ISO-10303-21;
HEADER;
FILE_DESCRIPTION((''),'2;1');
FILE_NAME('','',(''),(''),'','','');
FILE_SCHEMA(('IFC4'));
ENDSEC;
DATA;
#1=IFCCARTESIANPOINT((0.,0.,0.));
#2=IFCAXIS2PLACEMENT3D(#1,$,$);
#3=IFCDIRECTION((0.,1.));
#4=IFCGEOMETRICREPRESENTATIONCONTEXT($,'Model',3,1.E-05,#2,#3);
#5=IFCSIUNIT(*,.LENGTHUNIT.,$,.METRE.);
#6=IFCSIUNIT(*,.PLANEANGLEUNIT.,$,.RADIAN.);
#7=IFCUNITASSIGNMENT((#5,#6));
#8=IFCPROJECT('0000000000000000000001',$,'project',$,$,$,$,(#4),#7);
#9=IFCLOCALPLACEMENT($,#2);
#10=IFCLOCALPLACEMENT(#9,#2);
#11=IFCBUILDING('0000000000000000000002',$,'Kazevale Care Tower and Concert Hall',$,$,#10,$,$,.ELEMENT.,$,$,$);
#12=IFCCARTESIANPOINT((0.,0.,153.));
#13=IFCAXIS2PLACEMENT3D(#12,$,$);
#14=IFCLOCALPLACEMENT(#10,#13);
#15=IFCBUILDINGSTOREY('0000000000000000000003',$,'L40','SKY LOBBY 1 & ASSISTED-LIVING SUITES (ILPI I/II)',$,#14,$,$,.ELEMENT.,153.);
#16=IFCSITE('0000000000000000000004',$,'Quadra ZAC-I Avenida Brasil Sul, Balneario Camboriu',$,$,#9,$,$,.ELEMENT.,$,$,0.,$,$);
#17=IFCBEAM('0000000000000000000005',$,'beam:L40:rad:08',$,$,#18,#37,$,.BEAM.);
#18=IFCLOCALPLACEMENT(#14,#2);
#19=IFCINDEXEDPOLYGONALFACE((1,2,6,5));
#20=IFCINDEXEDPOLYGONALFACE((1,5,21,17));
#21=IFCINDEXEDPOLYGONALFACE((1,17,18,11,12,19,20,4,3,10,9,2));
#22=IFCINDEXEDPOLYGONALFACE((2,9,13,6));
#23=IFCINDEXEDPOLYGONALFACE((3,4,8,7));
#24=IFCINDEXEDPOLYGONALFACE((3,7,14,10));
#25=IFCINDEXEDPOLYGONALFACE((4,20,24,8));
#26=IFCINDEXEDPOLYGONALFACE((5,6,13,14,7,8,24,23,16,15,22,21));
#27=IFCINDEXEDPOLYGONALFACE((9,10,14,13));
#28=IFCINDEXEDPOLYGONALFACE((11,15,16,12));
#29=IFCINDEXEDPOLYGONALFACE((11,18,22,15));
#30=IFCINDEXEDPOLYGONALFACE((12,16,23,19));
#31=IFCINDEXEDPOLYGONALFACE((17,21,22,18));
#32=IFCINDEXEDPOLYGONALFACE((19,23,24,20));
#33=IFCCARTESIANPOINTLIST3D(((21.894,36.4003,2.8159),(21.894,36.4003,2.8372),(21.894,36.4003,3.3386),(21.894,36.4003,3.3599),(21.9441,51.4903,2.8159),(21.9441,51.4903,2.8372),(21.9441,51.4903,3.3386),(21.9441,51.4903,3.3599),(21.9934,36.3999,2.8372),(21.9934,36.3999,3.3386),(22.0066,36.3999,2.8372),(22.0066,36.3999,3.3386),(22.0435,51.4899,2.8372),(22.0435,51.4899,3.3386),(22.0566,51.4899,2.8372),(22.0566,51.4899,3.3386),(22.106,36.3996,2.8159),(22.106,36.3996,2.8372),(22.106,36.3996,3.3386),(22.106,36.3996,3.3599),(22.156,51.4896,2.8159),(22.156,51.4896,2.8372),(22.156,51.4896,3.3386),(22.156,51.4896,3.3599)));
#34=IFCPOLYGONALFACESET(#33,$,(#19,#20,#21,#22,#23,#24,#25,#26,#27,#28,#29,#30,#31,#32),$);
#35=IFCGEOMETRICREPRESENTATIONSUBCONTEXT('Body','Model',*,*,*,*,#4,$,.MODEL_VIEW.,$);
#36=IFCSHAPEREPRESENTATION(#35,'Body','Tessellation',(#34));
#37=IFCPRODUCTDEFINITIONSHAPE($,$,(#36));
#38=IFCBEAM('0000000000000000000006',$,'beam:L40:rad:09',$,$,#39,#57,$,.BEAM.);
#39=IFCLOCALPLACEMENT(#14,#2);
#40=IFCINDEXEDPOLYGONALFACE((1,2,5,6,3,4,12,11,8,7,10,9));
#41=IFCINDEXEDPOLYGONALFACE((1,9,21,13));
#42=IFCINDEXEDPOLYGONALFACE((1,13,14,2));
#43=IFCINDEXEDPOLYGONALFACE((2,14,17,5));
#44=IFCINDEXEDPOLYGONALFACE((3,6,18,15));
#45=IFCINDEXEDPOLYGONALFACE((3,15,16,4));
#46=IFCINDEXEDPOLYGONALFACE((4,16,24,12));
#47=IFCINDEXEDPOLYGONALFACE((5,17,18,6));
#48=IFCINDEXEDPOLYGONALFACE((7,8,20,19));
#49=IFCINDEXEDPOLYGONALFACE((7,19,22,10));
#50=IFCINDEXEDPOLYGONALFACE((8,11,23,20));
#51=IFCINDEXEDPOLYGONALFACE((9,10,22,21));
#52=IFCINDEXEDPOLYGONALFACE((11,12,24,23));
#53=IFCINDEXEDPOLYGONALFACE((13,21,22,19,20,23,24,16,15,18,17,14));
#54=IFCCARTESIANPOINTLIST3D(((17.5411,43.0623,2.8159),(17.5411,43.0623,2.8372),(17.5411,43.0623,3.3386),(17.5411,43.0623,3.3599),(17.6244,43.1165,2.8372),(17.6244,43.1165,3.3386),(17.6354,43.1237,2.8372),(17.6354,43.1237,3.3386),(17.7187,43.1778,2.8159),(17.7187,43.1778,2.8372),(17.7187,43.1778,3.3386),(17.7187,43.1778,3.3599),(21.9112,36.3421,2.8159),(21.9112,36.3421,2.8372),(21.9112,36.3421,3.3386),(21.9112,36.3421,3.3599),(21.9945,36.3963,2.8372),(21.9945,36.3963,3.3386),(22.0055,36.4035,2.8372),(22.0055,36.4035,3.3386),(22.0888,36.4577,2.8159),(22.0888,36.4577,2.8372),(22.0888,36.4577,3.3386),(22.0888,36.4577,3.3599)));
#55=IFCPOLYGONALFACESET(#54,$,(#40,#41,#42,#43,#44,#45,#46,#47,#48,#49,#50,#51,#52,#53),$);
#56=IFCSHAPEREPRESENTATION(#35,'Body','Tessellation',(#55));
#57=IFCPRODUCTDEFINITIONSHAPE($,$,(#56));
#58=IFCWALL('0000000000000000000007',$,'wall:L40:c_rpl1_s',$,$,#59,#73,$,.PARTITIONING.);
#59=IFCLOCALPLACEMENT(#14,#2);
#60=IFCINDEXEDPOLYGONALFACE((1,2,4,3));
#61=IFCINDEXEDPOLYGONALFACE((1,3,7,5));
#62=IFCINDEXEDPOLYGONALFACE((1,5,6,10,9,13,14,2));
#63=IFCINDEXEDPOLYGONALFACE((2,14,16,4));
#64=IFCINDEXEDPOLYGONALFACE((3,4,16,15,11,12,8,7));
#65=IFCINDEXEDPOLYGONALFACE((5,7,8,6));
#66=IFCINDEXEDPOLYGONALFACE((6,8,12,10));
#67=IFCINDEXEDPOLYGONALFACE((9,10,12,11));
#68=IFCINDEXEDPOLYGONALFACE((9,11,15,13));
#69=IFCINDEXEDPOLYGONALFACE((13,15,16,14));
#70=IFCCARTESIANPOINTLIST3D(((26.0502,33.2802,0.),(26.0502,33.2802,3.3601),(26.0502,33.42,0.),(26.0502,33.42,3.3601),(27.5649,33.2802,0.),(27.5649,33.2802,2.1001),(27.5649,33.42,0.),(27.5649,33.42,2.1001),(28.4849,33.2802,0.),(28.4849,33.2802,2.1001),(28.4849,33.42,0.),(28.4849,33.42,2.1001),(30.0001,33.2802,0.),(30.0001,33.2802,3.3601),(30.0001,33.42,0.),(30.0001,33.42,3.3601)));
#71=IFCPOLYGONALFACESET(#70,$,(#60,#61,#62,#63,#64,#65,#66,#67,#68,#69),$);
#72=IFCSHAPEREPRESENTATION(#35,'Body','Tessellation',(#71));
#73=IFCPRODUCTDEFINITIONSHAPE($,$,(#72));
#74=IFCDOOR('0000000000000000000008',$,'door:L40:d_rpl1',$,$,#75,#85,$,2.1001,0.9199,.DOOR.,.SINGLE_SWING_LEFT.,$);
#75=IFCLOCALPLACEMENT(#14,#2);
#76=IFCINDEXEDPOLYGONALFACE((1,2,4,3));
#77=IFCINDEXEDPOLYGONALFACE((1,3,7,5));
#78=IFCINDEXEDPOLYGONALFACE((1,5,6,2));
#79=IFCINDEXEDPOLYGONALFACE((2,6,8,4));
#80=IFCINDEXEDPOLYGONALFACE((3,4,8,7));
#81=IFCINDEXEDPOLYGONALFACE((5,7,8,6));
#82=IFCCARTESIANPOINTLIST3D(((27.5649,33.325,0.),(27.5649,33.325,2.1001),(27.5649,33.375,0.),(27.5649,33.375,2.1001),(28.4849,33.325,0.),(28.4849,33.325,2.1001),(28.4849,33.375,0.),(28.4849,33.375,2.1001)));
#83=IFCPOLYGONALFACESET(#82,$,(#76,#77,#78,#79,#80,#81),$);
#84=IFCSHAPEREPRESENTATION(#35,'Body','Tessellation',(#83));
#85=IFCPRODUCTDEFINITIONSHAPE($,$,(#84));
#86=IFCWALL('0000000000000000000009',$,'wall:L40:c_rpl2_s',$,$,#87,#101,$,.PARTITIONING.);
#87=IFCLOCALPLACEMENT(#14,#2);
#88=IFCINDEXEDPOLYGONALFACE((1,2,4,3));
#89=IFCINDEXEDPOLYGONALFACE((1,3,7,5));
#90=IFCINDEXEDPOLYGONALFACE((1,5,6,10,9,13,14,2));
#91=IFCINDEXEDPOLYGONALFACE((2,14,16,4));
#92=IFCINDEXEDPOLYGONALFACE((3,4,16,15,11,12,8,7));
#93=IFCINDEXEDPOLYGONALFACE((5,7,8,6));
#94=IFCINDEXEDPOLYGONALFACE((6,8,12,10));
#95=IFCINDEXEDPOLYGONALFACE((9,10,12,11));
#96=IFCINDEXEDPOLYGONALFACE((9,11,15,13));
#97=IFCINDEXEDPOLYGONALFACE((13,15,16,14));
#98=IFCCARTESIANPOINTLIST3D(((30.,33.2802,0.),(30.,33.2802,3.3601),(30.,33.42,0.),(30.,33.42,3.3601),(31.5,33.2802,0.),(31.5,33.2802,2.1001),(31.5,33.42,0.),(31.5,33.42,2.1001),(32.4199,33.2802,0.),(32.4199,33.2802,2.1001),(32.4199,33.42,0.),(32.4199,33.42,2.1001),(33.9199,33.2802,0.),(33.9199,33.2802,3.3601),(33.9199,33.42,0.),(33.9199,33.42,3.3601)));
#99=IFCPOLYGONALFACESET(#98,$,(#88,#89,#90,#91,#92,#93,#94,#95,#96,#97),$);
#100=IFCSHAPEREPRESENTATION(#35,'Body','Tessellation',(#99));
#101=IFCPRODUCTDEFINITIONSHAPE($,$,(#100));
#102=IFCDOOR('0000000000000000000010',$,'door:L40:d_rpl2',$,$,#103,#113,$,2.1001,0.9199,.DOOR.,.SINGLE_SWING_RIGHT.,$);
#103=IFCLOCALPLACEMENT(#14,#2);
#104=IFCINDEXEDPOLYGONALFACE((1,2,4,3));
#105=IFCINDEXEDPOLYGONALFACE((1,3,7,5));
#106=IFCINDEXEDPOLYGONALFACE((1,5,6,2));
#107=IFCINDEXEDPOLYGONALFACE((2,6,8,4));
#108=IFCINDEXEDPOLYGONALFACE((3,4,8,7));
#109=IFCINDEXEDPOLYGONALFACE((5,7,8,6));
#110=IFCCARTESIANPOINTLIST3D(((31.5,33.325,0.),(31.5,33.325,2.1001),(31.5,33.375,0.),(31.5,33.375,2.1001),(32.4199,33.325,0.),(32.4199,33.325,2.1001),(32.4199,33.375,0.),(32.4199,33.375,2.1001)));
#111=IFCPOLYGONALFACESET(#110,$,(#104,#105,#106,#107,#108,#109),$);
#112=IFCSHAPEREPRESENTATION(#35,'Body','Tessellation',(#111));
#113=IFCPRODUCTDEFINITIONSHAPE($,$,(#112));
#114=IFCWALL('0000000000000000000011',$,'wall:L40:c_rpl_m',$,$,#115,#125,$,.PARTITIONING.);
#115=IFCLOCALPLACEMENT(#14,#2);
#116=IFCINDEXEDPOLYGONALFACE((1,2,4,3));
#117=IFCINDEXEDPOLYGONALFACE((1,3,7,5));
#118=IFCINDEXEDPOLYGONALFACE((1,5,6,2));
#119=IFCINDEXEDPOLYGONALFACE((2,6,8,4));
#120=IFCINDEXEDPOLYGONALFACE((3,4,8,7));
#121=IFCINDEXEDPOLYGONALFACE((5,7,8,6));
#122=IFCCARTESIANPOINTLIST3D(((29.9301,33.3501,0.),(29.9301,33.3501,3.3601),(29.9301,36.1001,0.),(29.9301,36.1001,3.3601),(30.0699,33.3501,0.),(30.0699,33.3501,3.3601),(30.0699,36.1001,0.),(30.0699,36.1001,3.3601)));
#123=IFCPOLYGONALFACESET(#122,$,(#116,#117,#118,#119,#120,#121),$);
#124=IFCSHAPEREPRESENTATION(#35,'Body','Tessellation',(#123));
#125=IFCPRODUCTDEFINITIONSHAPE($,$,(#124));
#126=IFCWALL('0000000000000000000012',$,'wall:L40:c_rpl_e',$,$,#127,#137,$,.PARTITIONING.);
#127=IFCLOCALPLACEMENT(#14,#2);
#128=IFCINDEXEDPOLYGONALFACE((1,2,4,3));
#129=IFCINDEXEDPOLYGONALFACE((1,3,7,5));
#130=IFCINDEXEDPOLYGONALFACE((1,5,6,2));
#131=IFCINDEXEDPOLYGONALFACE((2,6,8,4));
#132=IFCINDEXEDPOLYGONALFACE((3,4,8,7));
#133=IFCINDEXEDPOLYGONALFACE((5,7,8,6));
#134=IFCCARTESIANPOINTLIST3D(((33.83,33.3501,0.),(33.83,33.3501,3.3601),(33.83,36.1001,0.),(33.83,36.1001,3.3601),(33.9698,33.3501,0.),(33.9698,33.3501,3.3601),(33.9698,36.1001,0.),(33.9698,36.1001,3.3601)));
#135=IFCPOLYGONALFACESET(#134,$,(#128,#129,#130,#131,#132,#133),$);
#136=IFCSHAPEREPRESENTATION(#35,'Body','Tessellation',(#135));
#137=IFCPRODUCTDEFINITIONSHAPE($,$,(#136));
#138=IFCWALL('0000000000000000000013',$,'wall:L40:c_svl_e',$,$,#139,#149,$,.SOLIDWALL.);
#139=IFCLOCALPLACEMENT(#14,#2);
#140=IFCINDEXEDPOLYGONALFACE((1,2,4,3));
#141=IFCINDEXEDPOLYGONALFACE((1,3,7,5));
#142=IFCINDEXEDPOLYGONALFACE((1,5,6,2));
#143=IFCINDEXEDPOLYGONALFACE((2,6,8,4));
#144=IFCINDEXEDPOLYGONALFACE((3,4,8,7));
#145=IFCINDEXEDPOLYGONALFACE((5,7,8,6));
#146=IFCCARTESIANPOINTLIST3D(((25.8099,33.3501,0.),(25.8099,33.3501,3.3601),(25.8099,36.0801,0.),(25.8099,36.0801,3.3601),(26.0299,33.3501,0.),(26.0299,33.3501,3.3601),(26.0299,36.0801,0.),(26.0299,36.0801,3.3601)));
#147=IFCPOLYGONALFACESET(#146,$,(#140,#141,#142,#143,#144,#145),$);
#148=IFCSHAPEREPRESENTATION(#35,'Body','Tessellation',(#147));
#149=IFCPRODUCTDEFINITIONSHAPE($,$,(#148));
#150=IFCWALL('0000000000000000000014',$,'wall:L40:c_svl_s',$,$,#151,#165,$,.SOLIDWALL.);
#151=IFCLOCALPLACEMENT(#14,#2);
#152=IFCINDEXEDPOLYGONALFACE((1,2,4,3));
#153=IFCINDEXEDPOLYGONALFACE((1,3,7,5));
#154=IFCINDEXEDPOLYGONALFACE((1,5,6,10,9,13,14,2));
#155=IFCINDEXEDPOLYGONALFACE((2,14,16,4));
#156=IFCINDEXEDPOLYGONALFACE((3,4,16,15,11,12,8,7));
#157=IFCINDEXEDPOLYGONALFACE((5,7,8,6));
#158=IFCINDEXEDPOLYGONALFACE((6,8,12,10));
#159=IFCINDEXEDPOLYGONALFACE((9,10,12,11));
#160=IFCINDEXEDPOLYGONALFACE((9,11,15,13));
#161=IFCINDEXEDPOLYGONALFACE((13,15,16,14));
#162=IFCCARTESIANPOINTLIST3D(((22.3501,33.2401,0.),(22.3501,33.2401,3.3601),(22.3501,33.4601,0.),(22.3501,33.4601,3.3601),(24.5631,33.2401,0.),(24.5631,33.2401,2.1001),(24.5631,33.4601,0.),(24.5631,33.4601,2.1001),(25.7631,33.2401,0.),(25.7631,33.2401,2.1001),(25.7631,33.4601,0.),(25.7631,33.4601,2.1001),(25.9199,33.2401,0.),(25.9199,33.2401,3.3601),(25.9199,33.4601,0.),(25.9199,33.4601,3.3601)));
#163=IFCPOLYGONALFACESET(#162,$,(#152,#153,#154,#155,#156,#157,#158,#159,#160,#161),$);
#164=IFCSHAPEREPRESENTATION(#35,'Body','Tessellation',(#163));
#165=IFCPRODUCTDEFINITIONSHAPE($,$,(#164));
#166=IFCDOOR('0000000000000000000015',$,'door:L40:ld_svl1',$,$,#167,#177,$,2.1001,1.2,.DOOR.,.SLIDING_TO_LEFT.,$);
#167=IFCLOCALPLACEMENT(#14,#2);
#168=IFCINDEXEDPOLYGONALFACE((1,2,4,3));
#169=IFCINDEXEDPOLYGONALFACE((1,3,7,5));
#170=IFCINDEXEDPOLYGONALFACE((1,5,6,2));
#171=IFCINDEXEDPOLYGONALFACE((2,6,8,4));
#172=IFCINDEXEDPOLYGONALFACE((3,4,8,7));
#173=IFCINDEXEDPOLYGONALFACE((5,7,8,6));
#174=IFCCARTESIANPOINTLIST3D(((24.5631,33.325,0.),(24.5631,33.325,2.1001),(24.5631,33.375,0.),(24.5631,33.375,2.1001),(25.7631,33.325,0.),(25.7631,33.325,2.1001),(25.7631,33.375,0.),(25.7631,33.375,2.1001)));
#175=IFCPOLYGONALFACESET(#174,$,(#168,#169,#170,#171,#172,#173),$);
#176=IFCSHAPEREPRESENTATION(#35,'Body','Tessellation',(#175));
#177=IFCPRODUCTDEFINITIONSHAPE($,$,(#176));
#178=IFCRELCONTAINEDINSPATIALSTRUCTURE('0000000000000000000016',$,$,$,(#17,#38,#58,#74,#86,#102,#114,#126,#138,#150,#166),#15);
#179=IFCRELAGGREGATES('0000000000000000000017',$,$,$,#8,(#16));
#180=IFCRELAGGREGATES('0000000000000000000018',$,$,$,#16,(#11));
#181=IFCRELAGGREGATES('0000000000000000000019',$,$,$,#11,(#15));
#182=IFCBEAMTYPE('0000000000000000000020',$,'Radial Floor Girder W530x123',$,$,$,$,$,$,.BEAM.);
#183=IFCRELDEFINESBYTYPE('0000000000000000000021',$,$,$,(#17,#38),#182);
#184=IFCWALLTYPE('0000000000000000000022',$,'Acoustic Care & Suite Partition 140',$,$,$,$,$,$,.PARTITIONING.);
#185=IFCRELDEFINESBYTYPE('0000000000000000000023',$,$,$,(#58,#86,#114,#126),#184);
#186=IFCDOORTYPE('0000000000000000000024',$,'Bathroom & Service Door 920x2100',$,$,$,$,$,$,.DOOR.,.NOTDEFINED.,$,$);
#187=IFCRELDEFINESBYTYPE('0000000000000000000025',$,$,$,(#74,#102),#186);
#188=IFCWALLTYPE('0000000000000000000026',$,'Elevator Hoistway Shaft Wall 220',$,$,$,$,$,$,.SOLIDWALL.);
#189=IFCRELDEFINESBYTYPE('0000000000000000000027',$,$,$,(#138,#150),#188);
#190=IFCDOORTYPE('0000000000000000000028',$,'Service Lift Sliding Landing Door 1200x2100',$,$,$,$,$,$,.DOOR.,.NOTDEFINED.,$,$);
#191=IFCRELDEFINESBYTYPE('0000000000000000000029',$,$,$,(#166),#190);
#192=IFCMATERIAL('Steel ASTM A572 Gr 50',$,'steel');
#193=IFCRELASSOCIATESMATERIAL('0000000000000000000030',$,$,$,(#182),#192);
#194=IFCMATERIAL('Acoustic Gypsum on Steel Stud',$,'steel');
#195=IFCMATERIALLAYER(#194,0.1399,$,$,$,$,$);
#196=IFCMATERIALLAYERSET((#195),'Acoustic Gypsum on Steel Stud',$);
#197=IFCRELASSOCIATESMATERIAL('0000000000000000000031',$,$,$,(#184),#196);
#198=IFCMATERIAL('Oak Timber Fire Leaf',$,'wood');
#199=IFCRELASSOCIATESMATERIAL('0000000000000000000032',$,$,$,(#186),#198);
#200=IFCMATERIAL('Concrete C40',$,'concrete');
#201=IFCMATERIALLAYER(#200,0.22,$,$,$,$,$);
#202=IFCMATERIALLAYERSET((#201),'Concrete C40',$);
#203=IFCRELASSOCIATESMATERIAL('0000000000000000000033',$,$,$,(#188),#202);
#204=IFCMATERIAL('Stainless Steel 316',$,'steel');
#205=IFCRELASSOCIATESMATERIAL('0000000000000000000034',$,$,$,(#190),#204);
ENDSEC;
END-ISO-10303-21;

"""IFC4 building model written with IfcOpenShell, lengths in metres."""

from ifc_helpers import new_model, si_unit, direction, frame, frame_2d, origin, origin_2d, place, context, subcontext, project, spatial, rectangle, i_section, extrude, material, layer, layer_set, material_profile, profile_set, type_object, element, fill, save


model = new_model("IFC4")

# Units and contexts
model_context = context("Model", 3, precision=1e-05, world=origin(), true_north=direction((0.0, 1.0)))
body_context = subcontext(model_context, "Body", "Model", "MODEL_VIEW")
ifc_project = project(units=[si_unit("LENGTHUNIT", "METRE"), si_unit("PLANEANGLEUNIT", "RADIAN")], contexts=[model_context])

# Site, building, storey
site_placement = place(None, origin())
site = spatial("IfcSite", under=ifc_project, at=site_placement, Name="Quadra ZAC-I Avenida Brasil Sul, Balneario Camboriu", CompositionType="ELEMENT", RefElevation=0.0)
building_placement = place(site_placement, origin())
building = spatial("IfcBuilding", under=site, at=building_placement, Name="Kazevale Care Tower and Concert Hall", CompositionType="ELEMENT")
storey_placement = place(building_placement, frame((0.0, 0.0, 153.0)))
storey = spatial("IfcBuildingStorey", under=building, at=storey_placement, Name="L40", Description="SKY LOBBY 1 & ASSISTED-LIVING SUITES (ILPI I/II)", CompositionType="ELEMENT", Elevation=153.0)

# Beams
ifc_material_1 = material(Name="Steel ASTM A572 Gr 50", Category="steel")
ifc_material_profile = material_profile(ifc_material_1, i_section(OverallWidth=0.2119, OverallDepth=0.5439, WebThickness=0.0132, FlangeThickness=0.0212, at=origin_2d()), Name="W530x123")
ifc_profile_set = profile_set([ifc_material_profile], Name="Steel ASTM A572 Gr 50")
beam_type = type_object("IfcBeamType", Name="Radial Floor Girder W530x123", PredefinedType="BEAM", material=ifc_profile_set)
beam_1_placement = place(storey_placement, frame((22.0, 36.3999, 3.0879), z_axis=(0.003317, 0.999994, 0.0), x_axis=(-0.999994, 0.003317, 0.0)))
element("IfcBeam", 1, at=beam_1_placement, inside=storey, type_object=beam_type, Name="beam:L40:rad:08", PredefinedType="BEAM", context=body_context, shape_type="SweptSolid", body=[
    extrude(i_section(OverallWidth=0.2119, OverallDepth=0.5439, WebThickness=0.0132, FlangeThickness=0.0212, at=origin_2d()), origin(), (0.0, 0.0, 1.0), 15.0901),
])
beam_2_placement = place(storey_placement, frame((22.0, 36.3999, 3.0879), z_axis=(-0.545162, 0.838331, 0.0), x_axis=(-0.838331, -0.545162, 0.0)))
element("IfcBeam", 2, at=beam_2_placement, inside=storey, type_object=beam_type, Name="beam:L40:rad:09", PredefinedType="BEAM", context=body_context, shape_type="SweptSolid", body=[
    extrude(i_section(OverallWidth=0.2119, OverallDepth=0.5439, WebThickness=0.0132, FlangeThickness=0.0212, at=origin_2d()), origin(), (0.0, 0.0, 1.0), 8.0161),
])

# Walls, openings, doors
ifc_material_2 = material(Name="Acoustic Gypsum on Steel Stud", Category="steel")
ifc_layer_1 = layer(ifc_material_2, 0.1399)
ifc_layer_set_1 = layer_set([ifc_layer_1], Name="Acoustic Gypsum on Steel Stud")
wall_type_1 = type_object("IfcWallType", Name="Acoustic Care & Suite Partition 140", PredefinedType="PARTITIONING", material=ifc_layer_set_1)
wall_1_placement = place(storey_placement, frame((26.05, 33.3501, 0.0), z_axis=(0.0, 0.0, 1.0), x_axis=(1.0, 0.0, 0.0)))
wall_1 = element("IfcWall", 3, at=wall_1_placement, inside=storey, type_object=wall_type_1, Name="wall:L40:c_rpl1_s", PredefinedType="PARTITIONING", context=body_context, shape_type="SweptSolid", body=[
    extrude(rectangle(XDim=3.95, YDim=0.1399, at=frame_2d((1.9751, 0.0))), origin(), (0.0, 0.0, 1.0), 3.3601),
])
opening_1_placement = place(wall_1_placement, frame((1.5149, 0.0, 0.0)))
opening_1 = element("IfcOpeningElement", 4, at=opening_1_placement, cuts=wall_1, PredefinedType="OPENING", context=body_context, shape_type="SweptSolid", body=[
    extrude(rectangle(XDim=0.9199, YDim=2.1001, at=frame_2d((0.46, 1.05))), frame((0.0, 0.0798, 0.0), z_axis=(0.0, -1.0, 0.0), x_axis=(1.0, 0.0, 0.0)), (0.0, 0.0, 1.0), 0.1599),
])
ifc_material_3 = material(Name="Oak Timber Fire Leaf", Category="wood")
door_type_1 = type_object("IfcDoorType", Name="Bathroom & Service Door 920x2100", OperationType="NOTDEFINED", PredefinedType="DOOR", material=ifc_material_3)
door_1_placement = place(opening_1_placement, origin())
door_1 = element("IfcDoor", 5, at=door_1_placement, inside=storey, type_object=door_type_1, Name="door:L40:d_rpl1", OperationType="SINGLE_SWING_LEFT", OverallHeight=2.1001, OverallWidth=0.9199, PredefinedType="DOOR", context=body_context, shape_type="SweptSolid", body=[
    extrude(rectangle(XDim=0.9199, YDim=2.1001, at=frame_2d((0.46, 1.05))), frame((0.0, 0.0249, 0.0), z_axis=(0.0, -1.0, 0.0), x_axis=(1.0, 0.0, 0.0)), (0.0, 0.0, 1.0), 0.05),
])
fill(opening_1, door_1)
wall_2_placement = place(storey_placement, frame((30.0, 33.3501, 0.0), z_axis=(0.0, 0.0, 1.0), x_axis=(1.0, 0.0, 0.0)))
wall_2 = element("IfcWall", 6, at=wall_2_placement, inside=storey, type_object=wall_type_1, Name="wall:L40:c_rpl2_s", PredefinedType="PARTITIONING", context=body_context, shape_type="SweptSolid", body=[
    extrude(rectangle(XDim=3.9199, YDim=0.1399, at=frame_2d((1.96, 0.0))), origin(), (0.0, 0.0, 1.0), 3.3601),
])
opening_2_placement = place(wall_2_placement, frame((1.5, 0.0, 0.0)))
opening_2 = element("IfcOpeningElement", 7, at=opening_2_placement, cuts=wall_2, PredefinedType="OPENING", context=body_context, shape_type="SweptSolid", body=[
    extrude(rectangle(XDim=0.9199, YDim=2.1001, at=frame_2d((0.46, 1.05))), frame((0.0, 0.0798, 0.0), z_axis=(0.0, -1.0, 0.0), x_axis=(1.0, 0.0, 0.0)), (0.0, 0.0, 1.0), 0.1599),
])
door_2_placement = place(opening_2_placement, origin())
door_2 = element("IfcDoor", 8, at=door_2_placement, inside=storey, type_object=door_type_1, Name="door:L40:d_rpl2", OperationType="SINGLE_SWING_RIGHT", OverallHeight=2.1001, OverallWidth=0.9199, PredefinedType="DOOR", context=body_context, shape_type="SweptSolid", body=[
    extrude(rectangle(XDim=0.9199, YDim=2.1001, at=frame_2d((0.46, 1.05))), frame((0.0, 0.0249, 0.0), z_axis=(0.0, -1.0, 0.0), x_axis=(1.0, 0.0, 0.0)), (0.0, 0.0, 1.0), 0.05),
])
fill(opening_2, door_2)

# Walls
for number, where, z_axis, x_axis, name in (
    (9, (30.0, 33.3501, 0.0), (0.0, 0.0, 1.0), (0.0, 1.0, 0.0), "wall:L40:c_rpl_m"),
    (10, (33.8999, 33.3501, 0.0), (0.0, 0.0, 1.0), (0.0, 1.0, 0.0), "wall:L40:c_rpl_e"),
):
    element("IfcWall", number, at=place(storey_placement, frame(where, z_axis=z_axis, x_axis=x_axis)), inside=storey, type_object=wall_type_1, Name=name, PredefinedType="PARTITIONING", context=body_context, shape_type="SweptSolid", body=[
        extrude(rectangle(XDim=2.75, YDim=0.1399, at=frame_2d((1.375, 0.0))), origin(), (0.0, 0.0, 1.0), 3.3601),
    ])
ifc_material_4 = material(Name="Concrete C40", Category="concrete")
ifc_layer_2 = layer(ifc_material_4, 0.22)
ifc_layer_set_2 = layer_set([ifc_layer_2], Name="Concrete C40")
wall_type_2 = type_object("IfcWallType", Name="Elevator Hoistway Shaft Wall 220", PredefinedType="SOLIDWALL", material=ifc_layer_set_2)
wall_3_placement = place(storey_placement, frame((25.9199, 33.3501, 0.0), z_axis=(0.0, 0.0, 1.0), x_axis=(0.0, 1.0, 0.0)))
element("IfcWall", 11, at=wall_3_placement, inside=storey, type_object=wall_type_2, Name="wall:L40:c_svl_e", PredefinedType="SOLIDWALL", context=body_context, shape_type="SweptSolid", body=[
    extrude(rectangle(XDim=2.73, YDim=0.22, at=frame_2d((1.365, 0.0))), origin(), (0.0, 0.0, 1.0), 3.3601),
])

# Wall, opening, door
wall_4_placement = place(storey_placement, frame((22.3501, 33.3501, 0.0), z_axis=(0.0, 0.0, 1.0), x_axis=(1.0, 0.0, 0.0)))
wall_4 = element("IfcWall", 12, at=wall_4_placement, inside=storey, type_object=wall_type_2, Name="wall:L40:c_svl_s", PredefinedType="SOLIDWALL", context=body_context, shape_type="SweptSolid", body=[
    extrude(rectangle(XDim=3.5698, YDim=0.22, at=frame_2d((1.7849, 0.0))), origin(), (0.0, 0.0, 1.0), 3.3601),
])
opening_3_placement = place(wall_4_placement, frame((2.2129, 0.0, 0.0)))
opening_3 = element("IfcOpeningElement", 13, at=opening_3_placement, cuts=wall_4, PredefinedType="OPENING", context=body_context, shape_type="SweptSolid", body=[
    extrude(rectangle(XDim=1.2, YDim=2.1001, at=frame_2d((0.6001, 1.05))), frame((0.0, 0.1199, 0.0), z_axis=(0.0, -1.0, 0.0), x_axis=(1.0, 0.0, 0.0)), (0.0, 0.0, 1.0), 0.24),
])
ifc_material_5 = material(Name="Stainless Steel 316", Category="steel")
door_type_2 = type_object("IfcDoorType", Name="Service Lift Sliding Landing Door 1200x2100", OperationType="NOTDEFINED", PredefinedType="DOOR", material=ifc_material_5)
door_3_placement = place(opening_3_placement, origin())
door_3 = element("IfcDoor", 14, at=door_3_placement, inside=storey, type_object=door_type_2, Name="door:L40:ld_svl1", OperationType="SLIDING_TO_LEFT", OverallHeight=2.1001, OverallWidth=1.2, PredefinedType="DOOR", context=body_context, shape_type="SweptSolid", body=[
    extrude(rectangle(XDim=1.2, YDim=2.1001, at=frame_2d((0.6001, 1.05))), frame((0.0, 0.0249, 0.0), z_axis=(0.0, -1.0, 0.0), x_axis=(1.0, 0.0, 0.0)), (0.0, 0.0, 1.0), 0.05),
])
fill(opening_3, door_3)

save(model, "model.ifc")
